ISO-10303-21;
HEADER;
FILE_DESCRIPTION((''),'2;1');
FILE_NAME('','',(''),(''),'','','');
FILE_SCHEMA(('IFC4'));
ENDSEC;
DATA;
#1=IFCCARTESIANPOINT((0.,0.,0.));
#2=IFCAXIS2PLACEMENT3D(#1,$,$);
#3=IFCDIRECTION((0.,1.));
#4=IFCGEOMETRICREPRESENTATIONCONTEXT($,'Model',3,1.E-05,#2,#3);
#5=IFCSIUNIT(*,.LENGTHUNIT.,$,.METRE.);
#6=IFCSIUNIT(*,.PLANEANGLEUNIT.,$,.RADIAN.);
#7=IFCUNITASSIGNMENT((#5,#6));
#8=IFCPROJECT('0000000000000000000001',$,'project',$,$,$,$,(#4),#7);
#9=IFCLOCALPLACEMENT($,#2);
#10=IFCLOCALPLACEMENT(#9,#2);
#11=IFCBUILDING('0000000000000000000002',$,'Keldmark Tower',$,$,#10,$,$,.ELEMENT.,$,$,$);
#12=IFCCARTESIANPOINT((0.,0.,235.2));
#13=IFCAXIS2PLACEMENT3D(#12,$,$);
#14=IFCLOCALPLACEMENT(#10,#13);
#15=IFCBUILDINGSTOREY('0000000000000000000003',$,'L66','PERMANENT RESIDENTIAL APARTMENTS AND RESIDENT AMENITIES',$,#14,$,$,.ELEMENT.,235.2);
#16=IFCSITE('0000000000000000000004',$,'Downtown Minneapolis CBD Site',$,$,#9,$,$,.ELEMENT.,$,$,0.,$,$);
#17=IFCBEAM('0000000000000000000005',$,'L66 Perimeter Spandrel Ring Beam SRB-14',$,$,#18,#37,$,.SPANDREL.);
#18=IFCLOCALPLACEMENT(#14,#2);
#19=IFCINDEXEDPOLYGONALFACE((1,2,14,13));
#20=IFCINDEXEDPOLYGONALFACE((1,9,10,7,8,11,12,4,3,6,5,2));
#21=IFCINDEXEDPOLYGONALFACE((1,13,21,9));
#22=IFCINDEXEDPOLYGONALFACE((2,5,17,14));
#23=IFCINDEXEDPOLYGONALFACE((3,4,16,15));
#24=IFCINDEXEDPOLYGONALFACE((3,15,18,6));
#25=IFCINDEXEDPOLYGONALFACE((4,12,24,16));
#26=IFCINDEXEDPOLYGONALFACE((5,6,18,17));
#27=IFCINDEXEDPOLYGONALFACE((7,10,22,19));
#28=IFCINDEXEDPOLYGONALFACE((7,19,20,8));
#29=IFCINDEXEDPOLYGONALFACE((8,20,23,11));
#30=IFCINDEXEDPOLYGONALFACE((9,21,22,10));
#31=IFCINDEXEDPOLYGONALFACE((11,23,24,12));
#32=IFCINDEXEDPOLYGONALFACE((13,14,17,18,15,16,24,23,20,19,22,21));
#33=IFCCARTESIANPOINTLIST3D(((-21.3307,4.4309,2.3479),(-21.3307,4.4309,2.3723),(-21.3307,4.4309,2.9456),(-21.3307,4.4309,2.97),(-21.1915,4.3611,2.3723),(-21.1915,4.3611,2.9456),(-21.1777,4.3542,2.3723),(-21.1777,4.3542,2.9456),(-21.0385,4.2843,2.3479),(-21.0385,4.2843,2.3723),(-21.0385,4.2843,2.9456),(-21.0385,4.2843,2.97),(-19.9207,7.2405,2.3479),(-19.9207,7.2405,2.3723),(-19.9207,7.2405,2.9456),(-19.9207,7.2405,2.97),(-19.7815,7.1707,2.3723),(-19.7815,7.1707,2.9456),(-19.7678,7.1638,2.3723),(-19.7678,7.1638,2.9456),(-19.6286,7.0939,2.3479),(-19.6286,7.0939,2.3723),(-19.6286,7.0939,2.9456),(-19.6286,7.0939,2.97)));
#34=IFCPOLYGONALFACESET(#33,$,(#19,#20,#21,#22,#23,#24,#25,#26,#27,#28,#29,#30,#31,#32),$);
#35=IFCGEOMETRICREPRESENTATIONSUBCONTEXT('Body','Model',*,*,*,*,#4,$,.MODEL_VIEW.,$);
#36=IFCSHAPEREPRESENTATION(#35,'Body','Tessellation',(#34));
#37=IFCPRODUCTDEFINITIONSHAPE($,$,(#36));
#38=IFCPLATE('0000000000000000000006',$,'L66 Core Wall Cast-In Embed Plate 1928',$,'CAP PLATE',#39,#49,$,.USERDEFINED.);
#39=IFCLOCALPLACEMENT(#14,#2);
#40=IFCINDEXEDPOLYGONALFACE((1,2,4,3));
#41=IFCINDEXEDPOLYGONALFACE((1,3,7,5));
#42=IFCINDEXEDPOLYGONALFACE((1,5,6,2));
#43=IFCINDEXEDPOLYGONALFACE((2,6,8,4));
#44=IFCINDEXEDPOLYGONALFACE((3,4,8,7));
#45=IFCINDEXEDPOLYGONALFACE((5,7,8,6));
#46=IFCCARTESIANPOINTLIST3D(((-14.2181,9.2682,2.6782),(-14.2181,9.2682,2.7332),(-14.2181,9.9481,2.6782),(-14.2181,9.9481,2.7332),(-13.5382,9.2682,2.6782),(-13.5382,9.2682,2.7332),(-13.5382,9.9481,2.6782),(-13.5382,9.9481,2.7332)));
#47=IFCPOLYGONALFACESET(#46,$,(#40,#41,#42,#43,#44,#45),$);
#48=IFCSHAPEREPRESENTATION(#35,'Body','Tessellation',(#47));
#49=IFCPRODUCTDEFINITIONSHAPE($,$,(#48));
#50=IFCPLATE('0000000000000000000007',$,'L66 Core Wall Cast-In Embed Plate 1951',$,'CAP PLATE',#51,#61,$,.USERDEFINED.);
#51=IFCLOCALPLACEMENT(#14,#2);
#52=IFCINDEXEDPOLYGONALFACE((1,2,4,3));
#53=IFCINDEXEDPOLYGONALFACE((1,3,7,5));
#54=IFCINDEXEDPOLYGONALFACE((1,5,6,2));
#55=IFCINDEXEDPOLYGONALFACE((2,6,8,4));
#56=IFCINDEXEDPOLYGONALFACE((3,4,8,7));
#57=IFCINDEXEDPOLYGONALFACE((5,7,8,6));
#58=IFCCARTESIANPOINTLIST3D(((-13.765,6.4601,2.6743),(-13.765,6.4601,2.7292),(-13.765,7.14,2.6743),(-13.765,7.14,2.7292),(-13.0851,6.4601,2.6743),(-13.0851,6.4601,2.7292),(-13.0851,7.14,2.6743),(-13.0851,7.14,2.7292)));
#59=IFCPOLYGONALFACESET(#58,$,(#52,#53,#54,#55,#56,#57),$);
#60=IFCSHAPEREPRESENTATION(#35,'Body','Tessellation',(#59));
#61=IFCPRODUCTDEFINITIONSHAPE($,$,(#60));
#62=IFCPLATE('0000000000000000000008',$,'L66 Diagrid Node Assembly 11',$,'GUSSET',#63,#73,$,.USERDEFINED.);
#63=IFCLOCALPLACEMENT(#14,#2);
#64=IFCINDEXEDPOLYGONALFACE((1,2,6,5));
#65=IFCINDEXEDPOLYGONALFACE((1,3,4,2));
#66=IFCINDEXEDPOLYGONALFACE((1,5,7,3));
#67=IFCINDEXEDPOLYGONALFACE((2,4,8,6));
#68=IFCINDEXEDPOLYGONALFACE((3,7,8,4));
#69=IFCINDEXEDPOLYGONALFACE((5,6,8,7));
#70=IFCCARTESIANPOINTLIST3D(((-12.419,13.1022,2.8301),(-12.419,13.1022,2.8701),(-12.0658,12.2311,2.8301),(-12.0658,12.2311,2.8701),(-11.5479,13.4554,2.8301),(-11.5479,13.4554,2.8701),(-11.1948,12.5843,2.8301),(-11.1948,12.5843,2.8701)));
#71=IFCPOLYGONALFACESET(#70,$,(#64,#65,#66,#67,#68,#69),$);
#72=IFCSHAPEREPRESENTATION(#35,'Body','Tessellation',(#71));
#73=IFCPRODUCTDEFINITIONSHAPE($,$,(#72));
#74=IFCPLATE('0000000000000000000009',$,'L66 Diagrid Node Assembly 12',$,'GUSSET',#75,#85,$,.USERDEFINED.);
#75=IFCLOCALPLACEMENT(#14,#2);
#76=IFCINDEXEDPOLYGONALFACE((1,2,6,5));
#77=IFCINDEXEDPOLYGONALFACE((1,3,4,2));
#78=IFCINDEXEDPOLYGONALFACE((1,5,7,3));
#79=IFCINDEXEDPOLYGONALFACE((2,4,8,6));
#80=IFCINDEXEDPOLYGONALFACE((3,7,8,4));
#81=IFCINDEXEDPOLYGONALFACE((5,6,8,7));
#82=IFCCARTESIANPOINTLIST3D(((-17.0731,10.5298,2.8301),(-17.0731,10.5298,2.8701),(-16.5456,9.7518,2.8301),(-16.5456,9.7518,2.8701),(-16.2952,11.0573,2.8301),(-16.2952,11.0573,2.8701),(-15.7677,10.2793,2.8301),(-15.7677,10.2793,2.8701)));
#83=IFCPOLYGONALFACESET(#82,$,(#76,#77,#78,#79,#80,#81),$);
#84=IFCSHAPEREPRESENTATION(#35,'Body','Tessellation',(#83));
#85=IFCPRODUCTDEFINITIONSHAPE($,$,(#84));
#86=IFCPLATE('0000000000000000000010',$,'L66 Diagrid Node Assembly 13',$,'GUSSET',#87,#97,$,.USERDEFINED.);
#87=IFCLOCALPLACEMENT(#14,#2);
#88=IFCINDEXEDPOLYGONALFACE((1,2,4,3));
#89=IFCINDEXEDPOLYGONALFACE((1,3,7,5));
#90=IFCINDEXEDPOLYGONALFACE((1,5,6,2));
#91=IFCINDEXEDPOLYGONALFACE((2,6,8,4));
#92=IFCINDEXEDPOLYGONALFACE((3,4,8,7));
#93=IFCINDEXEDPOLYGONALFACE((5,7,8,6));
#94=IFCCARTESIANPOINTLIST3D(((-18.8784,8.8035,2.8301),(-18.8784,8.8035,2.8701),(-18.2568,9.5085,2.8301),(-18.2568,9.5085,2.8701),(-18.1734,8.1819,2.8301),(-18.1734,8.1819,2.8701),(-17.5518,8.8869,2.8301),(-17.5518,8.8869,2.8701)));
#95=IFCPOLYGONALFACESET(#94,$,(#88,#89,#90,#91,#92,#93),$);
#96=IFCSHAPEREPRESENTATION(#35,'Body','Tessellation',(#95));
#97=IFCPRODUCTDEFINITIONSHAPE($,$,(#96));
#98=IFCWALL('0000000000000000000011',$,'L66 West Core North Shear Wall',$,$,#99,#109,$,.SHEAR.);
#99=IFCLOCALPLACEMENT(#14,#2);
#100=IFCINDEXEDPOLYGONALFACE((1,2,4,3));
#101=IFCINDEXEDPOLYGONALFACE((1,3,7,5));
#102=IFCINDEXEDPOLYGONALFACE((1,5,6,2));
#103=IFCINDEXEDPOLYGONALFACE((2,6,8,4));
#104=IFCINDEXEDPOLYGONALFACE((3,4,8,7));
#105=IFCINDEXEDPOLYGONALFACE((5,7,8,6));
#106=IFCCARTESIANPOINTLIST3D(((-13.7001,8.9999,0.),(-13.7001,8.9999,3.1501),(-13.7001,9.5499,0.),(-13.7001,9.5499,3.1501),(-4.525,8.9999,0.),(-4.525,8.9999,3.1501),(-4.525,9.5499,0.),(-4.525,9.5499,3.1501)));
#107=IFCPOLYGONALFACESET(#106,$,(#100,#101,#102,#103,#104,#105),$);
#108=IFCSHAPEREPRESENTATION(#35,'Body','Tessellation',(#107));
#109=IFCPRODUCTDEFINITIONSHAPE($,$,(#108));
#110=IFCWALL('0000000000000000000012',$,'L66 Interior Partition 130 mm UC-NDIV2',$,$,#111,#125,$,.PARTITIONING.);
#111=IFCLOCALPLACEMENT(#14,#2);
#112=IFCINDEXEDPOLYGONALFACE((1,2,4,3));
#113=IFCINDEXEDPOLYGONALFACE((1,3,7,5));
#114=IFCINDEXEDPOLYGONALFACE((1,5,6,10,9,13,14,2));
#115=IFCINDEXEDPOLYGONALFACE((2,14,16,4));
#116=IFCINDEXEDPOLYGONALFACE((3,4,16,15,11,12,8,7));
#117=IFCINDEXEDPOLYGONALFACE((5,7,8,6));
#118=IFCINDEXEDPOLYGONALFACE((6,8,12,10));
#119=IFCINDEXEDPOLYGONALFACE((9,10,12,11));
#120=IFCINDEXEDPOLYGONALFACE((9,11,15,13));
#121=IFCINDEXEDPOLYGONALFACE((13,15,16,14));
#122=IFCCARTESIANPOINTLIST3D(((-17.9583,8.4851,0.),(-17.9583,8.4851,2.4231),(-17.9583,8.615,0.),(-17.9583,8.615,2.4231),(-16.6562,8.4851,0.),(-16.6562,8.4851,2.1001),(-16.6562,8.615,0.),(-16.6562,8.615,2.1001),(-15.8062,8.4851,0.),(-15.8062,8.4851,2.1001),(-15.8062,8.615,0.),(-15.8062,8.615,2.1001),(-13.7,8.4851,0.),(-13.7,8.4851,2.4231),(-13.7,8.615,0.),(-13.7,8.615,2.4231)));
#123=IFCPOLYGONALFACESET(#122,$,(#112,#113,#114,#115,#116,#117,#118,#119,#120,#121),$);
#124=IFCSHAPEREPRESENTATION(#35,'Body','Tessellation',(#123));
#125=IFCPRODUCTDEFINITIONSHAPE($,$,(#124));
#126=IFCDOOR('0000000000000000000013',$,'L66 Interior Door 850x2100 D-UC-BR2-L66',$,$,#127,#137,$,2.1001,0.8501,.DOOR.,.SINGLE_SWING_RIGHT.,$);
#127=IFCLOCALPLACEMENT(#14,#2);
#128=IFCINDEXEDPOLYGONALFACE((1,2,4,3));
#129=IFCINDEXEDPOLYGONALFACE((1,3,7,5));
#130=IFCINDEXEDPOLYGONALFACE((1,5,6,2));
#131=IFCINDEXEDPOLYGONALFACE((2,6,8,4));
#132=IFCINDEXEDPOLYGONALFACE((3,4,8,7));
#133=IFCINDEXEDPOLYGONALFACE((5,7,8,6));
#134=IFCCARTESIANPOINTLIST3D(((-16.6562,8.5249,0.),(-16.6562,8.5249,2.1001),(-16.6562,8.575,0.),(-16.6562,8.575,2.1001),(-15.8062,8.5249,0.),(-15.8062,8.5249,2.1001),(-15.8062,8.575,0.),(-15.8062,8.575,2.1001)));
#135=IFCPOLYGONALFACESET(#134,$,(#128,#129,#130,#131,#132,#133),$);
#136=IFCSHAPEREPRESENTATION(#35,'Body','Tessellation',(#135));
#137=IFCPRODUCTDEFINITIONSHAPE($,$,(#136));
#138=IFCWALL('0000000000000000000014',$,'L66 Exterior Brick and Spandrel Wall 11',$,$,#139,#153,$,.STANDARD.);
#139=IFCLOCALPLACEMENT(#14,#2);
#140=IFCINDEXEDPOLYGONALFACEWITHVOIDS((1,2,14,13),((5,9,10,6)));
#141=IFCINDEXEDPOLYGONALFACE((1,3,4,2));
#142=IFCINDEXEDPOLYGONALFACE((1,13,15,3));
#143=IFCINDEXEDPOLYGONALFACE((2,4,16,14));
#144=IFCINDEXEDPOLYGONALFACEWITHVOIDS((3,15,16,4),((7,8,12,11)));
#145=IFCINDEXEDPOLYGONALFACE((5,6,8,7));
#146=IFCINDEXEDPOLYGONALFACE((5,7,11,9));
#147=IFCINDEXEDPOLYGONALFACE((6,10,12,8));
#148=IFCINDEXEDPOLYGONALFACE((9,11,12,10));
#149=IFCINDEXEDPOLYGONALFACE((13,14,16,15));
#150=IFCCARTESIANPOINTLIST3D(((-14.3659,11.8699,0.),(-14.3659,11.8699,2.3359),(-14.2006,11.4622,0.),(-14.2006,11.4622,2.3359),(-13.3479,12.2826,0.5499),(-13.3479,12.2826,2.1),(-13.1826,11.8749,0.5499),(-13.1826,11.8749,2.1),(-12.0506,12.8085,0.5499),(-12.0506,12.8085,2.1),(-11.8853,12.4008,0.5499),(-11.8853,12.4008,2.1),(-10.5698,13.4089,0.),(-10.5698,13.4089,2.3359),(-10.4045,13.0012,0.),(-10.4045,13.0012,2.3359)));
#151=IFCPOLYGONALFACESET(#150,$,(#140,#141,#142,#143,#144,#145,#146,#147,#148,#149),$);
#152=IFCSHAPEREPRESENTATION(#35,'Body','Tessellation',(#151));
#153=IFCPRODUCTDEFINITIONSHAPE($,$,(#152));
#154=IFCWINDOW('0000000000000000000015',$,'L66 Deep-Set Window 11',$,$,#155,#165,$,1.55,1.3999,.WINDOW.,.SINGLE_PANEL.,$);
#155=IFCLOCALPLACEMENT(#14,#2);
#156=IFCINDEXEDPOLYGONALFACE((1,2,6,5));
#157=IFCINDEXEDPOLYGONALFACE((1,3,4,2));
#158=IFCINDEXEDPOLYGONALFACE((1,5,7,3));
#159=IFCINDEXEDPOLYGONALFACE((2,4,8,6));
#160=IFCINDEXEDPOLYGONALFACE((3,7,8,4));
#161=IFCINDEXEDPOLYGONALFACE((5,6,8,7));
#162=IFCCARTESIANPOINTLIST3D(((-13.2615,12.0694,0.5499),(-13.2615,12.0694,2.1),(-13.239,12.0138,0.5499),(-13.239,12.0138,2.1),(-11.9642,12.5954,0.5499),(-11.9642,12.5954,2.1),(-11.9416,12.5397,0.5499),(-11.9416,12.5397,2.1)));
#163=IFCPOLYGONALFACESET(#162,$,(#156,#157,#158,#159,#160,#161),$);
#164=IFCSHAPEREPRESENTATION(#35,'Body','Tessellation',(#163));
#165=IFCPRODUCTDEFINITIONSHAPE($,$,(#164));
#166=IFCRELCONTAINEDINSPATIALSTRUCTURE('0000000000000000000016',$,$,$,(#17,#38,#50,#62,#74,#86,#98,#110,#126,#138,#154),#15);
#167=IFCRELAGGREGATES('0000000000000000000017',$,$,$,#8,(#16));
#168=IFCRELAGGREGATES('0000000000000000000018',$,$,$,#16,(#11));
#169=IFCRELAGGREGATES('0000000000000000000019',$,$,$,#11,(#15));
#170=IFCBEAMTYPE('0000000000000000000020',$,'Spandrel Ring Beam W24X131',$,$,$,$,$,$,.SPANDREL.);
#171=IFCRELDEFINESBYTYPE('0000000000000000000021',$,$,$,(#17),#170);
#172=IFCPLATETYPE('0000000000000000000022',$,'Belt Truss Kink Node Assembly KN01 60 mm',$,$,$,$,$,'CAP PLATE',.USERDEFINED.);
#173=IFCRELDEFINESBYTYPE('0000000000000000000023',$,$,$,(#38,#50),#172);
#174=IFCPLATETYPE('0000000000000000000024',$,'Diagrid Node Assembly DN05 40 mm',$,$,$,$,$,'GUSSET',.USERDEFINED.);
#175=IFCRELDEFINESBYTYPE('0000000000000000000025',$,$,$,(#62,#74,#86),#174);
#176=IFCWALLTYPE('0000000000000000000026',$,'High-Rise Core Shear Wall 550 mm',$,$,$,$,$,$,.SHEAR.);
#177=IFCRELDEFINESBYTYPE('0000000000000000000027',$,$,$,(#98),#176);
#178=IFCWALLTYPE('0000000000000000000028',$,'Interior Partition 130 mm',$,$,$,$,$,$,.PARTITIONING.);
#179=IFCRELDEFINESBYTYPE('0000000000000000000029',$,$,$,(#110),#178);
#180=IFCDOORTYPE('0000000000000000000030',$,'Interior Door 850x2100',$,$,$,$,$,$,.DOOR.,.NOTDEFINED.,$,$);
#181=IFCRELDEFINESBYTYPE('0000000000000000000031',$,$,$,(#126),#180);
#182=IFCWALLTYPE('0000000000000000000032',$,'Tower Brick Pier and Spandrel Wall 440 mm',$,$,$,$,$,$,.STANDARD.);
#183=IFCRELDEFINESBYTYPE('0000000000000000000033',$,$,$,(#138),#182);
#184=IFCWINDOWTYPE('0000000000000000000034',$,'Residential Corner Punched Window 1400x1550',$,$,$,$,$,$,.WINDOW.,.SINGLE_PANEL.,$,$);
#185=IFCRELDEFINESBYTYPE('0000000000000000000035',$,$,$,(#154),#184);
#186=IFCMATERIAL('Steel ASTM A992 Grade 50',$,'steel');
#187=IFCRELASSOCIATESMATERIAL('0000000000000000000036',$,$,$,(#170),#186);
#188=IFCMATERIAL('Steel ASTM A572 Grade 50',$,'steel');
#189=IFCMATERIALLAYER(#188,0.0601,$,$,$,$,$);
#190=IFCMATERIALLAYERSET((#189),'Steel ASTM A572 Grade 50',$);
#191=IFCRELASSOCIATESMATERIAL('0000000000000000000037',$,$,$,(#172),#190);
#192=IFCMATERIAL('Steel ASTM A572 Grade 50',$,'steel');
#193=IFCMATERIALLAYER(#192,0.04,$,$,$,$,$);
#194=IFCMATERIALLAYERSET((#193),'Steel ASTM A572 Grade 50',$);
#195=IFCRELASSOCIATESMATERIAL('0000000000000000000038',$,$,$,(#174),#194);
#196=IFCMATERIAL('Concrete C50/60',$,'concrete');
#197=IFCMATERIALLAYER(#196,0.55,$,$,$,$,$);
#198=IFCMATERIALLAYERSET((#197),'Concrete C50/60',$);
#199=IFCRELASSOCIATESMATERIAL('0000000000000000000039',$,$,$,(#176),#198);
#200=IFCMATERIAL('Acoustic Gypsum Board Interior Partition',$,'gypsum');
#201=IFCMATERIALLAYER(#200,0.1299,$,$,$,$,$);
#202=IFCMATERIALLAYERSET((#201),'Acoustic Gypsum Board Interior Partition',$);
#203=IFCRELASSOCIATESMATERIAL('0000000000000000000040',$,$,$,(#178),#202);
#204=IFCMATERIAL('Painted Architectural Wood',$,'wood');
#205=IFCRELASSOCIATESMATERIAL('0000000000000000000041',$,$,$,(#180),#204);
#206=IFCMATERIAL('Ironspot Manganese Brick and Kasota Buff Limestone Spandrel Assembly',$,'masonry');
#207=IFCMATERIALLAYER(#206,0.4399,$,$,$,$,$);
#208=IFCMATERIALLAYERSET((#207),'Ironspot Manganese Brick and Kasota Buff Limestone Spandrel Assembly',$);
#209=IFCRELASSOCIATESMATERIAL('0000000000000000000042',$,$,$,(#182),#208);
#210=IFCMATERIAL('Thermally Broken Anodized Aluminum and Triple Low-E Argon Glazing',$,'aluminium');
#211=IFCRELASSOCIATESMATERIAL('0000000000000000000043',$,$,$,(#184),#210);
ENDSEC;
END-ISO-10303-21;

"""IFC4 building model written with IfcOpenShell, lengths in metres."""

from ifc_helpers import new_model, si_unit, direction, frame, frame_2d, origin, origin_2d, place, context, subcontext, project, spatial, rectangle, i_section, extrude, material, layer, layer_set, material_profile, profile_set, type_object, element, fill, save


model = new_model("IFC4")

# Units and contexts
model_context = context("Model", 3, precision=1e-05, world=origin(), true_north=direction((0.0, 1.0)))
body_context = subcontext(model_context, "Body", "Model", "MODEL_VIEW")
ifc_project = project(units=[si_unit("LENGTHUNIT", "METRE"), si_unit("PLANEANGLEUNIT", "RADIAN")], contexts=[model_context])

# Site, building, storey
site_placement = place(None, origin())
site = spatial("IfcSite", under=ifc_project, at=site_placement, Name="Downtown Minneapolis CBD Site", CompositionType="ELEMENT", RefElevation=0.0)
building_placement = place(site_placement, origin())
building = spatial("IfcBuilding", under=site, at=building_placement, Name="Keldmark Tower", CompositionType="ELEMENT")
storey_placement = place(building_placement, frame((0.0, 0.0, 235.2)))
storey = spatial("IfcBuildingStorey", under=building, at=storey_placement, Name="L66", Description="PERMANENT RESIDENTIAL APARTMENTS AND RESIDENT AMENITIES", CompositionType="ELEMENT", Elevation=235.2)

# Beam
ifc_material_1 = material(Name="Steel ASTM A992 Grade 50", Category="steel")
ifc_material_profile_1 = material_profile(ifc_material_1, i_section(OverallWidth=0.3269, OverallDepth=0.6221, WebThickness=0.0154, FlangeThickness=0.0244, at=origin_2d()), Name="W24X131")
ifc_profile_set_1 = profile_set([ifc_material_profile_1], Name="Steel ASTM A992 Grade 50")
beam_type_1 = type_object("IfcBeamType", Name="Spandrel Ring Beam W24X131", PredefinedType="SPANDREL", material=ifc_profile_set_1)
beam_1_placement = place(storey_placement, frame((-19.7747, 7.1672, 2.6589), z_axis=(-0.448518, -0.893774, 0.0), x_axis=(0.893774, -0.448518, 0.0)))
element("IfcBeam", 1, at=beam_1_placement, inside=storey, type_object=beam_type_1, Name="L66 Perimeter Spandrel Ring Beam SRB-14", PredefinedType="SPANDREL", context=body_context, shape_type="SweptSolid", body=[
    extrude(i_section(OverallWidth=0.3269, OverallDepth=0.6221, WebThickness=0.0154, FlangeThickness=0.0244, at=origin_2d()), origin(), (0.0, 0.0, 1.0), 3.1436),
])

# Plates
ifc_material_2 = material(Name="Steel ASTM A572 Grade 50", Category="steel")
ifc_layer_1 = layer(ifc_material_2, 0.0601)
ifc_layer_set_1 = layer_set([ifc_layer_1], Name="Steel ASTM A572 Grade 50")
plate_type_1 = type_object("IfcPlateType", Name="Belt Truss Kink Node Assembly KN01 60 mm", ElementType="CAP PLATE", PredefinedType="USERDEFINED", material=ifc_layer_set_1)
for number, where, z_axis, x_axis, name in (
    (2, (-13.8782, 9.6082, 2.6782), (0.0, 0.0, 1.0), (1.0, 0.0, 0.0), "L66 Core Wall Cast-In Embed Plate 1928"),
    (3, (-13.425, 6.8, 2.6743), (0.0, 0.0, 1.0), (1.0, 0.0, 0.0), "L66 Core Wall Cast-In Embed Plate 1951"),
):
    element("IfcPlate", number, at=place(storey_placement, frame(where, z_axis=z_axis, x_axis=x_axis)), inside=storey, type_object=plate_type_1, Name=name, ObjectType="CAP PLATE", PredefinedType="USERDEFINED", context=body_context, shape_type="SweptSolid", body=[
        extrude(rectangle(XDim=0.6799, YDim=0.6799, at=origin_2d()), origin(), (0.0, 0.0, 1.0), 0.0549),
    ])
ifc_material_3 = material(Name="Steel ASTM A572 Grade 50", Category="steel")
ifc_layer_2 = layer(ifc_material_3, 0.04)
ifc_layer_set_2 = layer_set([ifc_layer_2], Name="Steel ASTM A572 Grade 50")
plate_type_2 = type_object("IfcPlateType", Name="Diagrid Node Assembly DN05 40 mm", ElementType="GUSSET", PredefinedType="USERDEFINED", material=ifc_layer_set_2)
for number, where, z_axis, x_axis, name in (
    (4, (-11.8069, 12.8433, 2.8301), (0.0, 0.0, 1.0), (-0.926725, -0.375739, 0.0), "L66 Diagrid Node Assembly 11"),
    (5, (-16.4204, 10.4045, 2.8301), (0.0, 0.0, 1.0), (-0.827669, -0.561217, 0.0), "L66 Diagrid Node Assembly 12"),
    (6, (-18.2151, 8.8452, 2.8301), (0.0, 0.0, 1.0), (-0.661312, -0.750111, 0.0), "L66 Diagrid Node Assembly 13"),
):
    element("IfcPlate", number, at=place(storey_placement, frame(where, z_axis=z_axis, x_axis=x_axis)), inside=storey, type_object=plate_type_2, Name=name, ObjectType="GUSSET", PredefinedType="USERDEFINED", context=body_context, shape_type="SweptSolid", body=[
        extrude(rectangle(XDim=0.9399, YDim=0.9399, at=origin_2d()), origin(), (0.0, 0.0, 1.0), 0.04),
    ])

# Wall
ifc_material_4 = material(Name="Concrete C50/60", Category="concrete")
ifc_layer_3 = layer(ifc_material_4, 0.55)
ifc_layer_set_3 = layer_set([ifc_layer_3], Name="Concrete C50/60")
wall_type_1 = type_object("IfcWallType", Name="High-Rise Core Shear Wall 550 mm", PredefinedType="SHEAR", material=ifc_layer_set_3)
wall_1_placement = place(storey_placement, frame((-13.7, 9.2749, 0.0), z_axis=(0.0, 0.0, 1.0), x_axis=(1.0, 0.0, 0.0)))
element("IfcWall", 7, at=wall_1_placement, inside=storey, type_object=wall_type_1, Name="L66 West Core North Shear Wall", PredefinedType="SHEAR", context=body_context, shape_type="SweptSolid", body=[
    extrude(rectangle(XDim=9.175, YDim=0.55, at=frame_2d((4.5874, 0.0))), origin(), (0.0, 0.0, 1.0), 3.1501),
])

# Wall, opening, door
ifc_material_5 = material(Name="Acoustic Gypsum Board Interior Partition", Category="gypsum")
ifc_layer_4 = layer(ifc_material_5, 0.1299)
ifc_layer_set_4 = layer_set([ifc_layer_4], Name="Acoustic Gypsum Board Interior Partition")
wall_type_2 = type_object("IfcWallType", Name="Interior Partition 130 mm", PredefinedType="PARTITIONING", material=ifc_layer_set_4)
wall_2_placement = place(storey_placement, frame((-17.9583, 8.55, 0.0), z_axis=(0.0, 0.0, 1.0), x_axis=(1.0, 0.0, 0.0)))
wall_2 = element("IfcWall", 8, at=wall_2_placement, inside=storey, type_object=wall_type_2, Name="L66 Interior Partition 130 mm UC-NDIV2", PredefinedType="PARTITIONING", context=body_context, shape_type="SweptSolid", body=[
    extrude(rectangle(XDim=4.2583, YDim=0.1299, at=frame_2d((2.1292, 0.0))), origin(), (0.0, 0.0, 1.0), 2.4231),
])
opening_1_placement = place(wall_2_placement, frame((1.302, 0.0, 0.0)))
opening_1 = element("IfcOpeningElement", 9, at=opening_1_placement, cuts=wall_2, PredefinedType="OPENING", context=body_context, shape_type="SweptSolid", body=[
    extrude(rectangle(XDim=0.8501, YDim=2.1001, at=frame_2d((0.425, 1.05))), frame((0.0, 0.075, 0.0), z_axis=(0.0, -1.0, 0.0), x_axis=(1.0, 0.0, 0.0)), (0.0, 0.0, 1.0), 0.1499),
])
ifc_material_6 = material(Name="Painted Architectural Wood", Category="wood")
door_type = type_object("IfcDoorType", Name="Interior Door 850x2100", OperationType="NOTDEFINED", PredefinedType="DOOR", material=ifc_material_6)
door_placement = place(opening_1_placement, origin())
door = element("IfcDoor", 10, at=door_placement, inside=storey, type_object=door_type, Name="L66 Interior Door 850x2100 D-UC-BR2-L66", OperationType="SINGLE_SWING_RIGHT", OverallHeight=2.1001, OverallWidth=0.8501, PredefinedType="DOOR", context=body_context, shape_type="SweptSolid", body=[
    extrude(rectangle(XDim=0.8501, YDim=2.1001, at=frame_2d((0.425, 1.05))), frame((0.0, 0.0249, 0.0), z_axis=(0.0, -1.0, 0.0), x_axis=(1.0, 0.0, 0.0)), (0.0, 0.0, 1.0), 0.05),
])
fill(opening_1, door)

# Wall, opening, window
ifc_material_7 = material(Name="Ironspot Manganese Brick and Kasota Buff Limestone Spandrel Assembly", Category="masonry")
ifc_layer_5 = layer(ifc_material_7, 0.4399)
ifc_layer_set_5 = layer_set([ifc_layer_5], Name="Ironspot Manganese Brick and Kasota Buff Limestone Spandrel Assembly")
wall_type_3 = type_object("IfcWallType", Name="Tower Brick Pier and Spandrel Wall 440 mm", PredefinedType="STANDARD", material=ifc_layer_set_5)
wall_3_placement = place(storey_placement, frame((-14.2832, 11.666, 0.0), z_axis=(0.0, 0.0, 1.0), x_axis=(0.926732, 0.375723, 0.0)))
wall_3 = element("IfcWall", 11, at=wall_3_placement, inside=storey, type_object=wall_type_3, Name="L66 Exterior Brick and Spandrel Wall 11", PredefinedType="STANDARD", context=body_context, shape_type="SweptSolid", body=[
    extrude(rectangle(XDim=4.0962, YDim=0.4399, at=frame_2d((2.0481, 0.0))), origin(), (0.0, 0.0, 1.0), 2.3359),
])
opening_2_placement = place(wall_3_placement, frame((1.0984, 0.0, 0.55)))
opening_2 = element("IfcOpeningElement", 12, at=opening_2_placement, cuts=wall_3, PredefinedType="OPENING", context=body_context, shape_type="SweptSolid", body=[
    extrude(rectangle(XDim=1.3999, YDim=1.55, at=frame_2d((0.7, 0.7749))), frame((0.0, 0.23, 0.0), z_axis=(0.0, -1.0, 0.0), x_axis=(1.0, 0.0, 0.0)), (0.0, 0.0, 1.0), 0.46),
])
ifc_material_8 = material(Name="Thermally Broken Anodized Aluminum and Triple Low-E Argon Glazing", Category="aluminium")
window_type_1 = type_object("IfcWindowType", Name="Residential Corner Punched Window 1400x1550", PartitioningType="SINGLE_PANEL", PredefinedType="WINDOW", material=ifc_material_8)
window_1_placement = place(opening_2_placement, origin())
window_1 = element("IfcWindow", 13, at=window_1_placement, inside=storey, type_object=window_type_1, Name="L66 Deep-Set Window 11", OverallHeight=1.55, OverallWidth=1.3999, PartitioningType="SINGLE_PANEL", PredefinedType="WINDOW", context=body_context, shape_type="SweptSolid", body=[
    extrude(rectangle(XDim=1.3999, YDim=1.55, at=frame_2d((0.7, 0.7749))), frame((0.0, -0.01, 0.0), z_axis=(0.0, -1.0, 0.0), x_axis=(1.0, 0.0, 0.0)), (0.0, 0.0, 1.0), 0.0601),
])
fill(opening_2, window_1)

save(model, "model.ifc")
